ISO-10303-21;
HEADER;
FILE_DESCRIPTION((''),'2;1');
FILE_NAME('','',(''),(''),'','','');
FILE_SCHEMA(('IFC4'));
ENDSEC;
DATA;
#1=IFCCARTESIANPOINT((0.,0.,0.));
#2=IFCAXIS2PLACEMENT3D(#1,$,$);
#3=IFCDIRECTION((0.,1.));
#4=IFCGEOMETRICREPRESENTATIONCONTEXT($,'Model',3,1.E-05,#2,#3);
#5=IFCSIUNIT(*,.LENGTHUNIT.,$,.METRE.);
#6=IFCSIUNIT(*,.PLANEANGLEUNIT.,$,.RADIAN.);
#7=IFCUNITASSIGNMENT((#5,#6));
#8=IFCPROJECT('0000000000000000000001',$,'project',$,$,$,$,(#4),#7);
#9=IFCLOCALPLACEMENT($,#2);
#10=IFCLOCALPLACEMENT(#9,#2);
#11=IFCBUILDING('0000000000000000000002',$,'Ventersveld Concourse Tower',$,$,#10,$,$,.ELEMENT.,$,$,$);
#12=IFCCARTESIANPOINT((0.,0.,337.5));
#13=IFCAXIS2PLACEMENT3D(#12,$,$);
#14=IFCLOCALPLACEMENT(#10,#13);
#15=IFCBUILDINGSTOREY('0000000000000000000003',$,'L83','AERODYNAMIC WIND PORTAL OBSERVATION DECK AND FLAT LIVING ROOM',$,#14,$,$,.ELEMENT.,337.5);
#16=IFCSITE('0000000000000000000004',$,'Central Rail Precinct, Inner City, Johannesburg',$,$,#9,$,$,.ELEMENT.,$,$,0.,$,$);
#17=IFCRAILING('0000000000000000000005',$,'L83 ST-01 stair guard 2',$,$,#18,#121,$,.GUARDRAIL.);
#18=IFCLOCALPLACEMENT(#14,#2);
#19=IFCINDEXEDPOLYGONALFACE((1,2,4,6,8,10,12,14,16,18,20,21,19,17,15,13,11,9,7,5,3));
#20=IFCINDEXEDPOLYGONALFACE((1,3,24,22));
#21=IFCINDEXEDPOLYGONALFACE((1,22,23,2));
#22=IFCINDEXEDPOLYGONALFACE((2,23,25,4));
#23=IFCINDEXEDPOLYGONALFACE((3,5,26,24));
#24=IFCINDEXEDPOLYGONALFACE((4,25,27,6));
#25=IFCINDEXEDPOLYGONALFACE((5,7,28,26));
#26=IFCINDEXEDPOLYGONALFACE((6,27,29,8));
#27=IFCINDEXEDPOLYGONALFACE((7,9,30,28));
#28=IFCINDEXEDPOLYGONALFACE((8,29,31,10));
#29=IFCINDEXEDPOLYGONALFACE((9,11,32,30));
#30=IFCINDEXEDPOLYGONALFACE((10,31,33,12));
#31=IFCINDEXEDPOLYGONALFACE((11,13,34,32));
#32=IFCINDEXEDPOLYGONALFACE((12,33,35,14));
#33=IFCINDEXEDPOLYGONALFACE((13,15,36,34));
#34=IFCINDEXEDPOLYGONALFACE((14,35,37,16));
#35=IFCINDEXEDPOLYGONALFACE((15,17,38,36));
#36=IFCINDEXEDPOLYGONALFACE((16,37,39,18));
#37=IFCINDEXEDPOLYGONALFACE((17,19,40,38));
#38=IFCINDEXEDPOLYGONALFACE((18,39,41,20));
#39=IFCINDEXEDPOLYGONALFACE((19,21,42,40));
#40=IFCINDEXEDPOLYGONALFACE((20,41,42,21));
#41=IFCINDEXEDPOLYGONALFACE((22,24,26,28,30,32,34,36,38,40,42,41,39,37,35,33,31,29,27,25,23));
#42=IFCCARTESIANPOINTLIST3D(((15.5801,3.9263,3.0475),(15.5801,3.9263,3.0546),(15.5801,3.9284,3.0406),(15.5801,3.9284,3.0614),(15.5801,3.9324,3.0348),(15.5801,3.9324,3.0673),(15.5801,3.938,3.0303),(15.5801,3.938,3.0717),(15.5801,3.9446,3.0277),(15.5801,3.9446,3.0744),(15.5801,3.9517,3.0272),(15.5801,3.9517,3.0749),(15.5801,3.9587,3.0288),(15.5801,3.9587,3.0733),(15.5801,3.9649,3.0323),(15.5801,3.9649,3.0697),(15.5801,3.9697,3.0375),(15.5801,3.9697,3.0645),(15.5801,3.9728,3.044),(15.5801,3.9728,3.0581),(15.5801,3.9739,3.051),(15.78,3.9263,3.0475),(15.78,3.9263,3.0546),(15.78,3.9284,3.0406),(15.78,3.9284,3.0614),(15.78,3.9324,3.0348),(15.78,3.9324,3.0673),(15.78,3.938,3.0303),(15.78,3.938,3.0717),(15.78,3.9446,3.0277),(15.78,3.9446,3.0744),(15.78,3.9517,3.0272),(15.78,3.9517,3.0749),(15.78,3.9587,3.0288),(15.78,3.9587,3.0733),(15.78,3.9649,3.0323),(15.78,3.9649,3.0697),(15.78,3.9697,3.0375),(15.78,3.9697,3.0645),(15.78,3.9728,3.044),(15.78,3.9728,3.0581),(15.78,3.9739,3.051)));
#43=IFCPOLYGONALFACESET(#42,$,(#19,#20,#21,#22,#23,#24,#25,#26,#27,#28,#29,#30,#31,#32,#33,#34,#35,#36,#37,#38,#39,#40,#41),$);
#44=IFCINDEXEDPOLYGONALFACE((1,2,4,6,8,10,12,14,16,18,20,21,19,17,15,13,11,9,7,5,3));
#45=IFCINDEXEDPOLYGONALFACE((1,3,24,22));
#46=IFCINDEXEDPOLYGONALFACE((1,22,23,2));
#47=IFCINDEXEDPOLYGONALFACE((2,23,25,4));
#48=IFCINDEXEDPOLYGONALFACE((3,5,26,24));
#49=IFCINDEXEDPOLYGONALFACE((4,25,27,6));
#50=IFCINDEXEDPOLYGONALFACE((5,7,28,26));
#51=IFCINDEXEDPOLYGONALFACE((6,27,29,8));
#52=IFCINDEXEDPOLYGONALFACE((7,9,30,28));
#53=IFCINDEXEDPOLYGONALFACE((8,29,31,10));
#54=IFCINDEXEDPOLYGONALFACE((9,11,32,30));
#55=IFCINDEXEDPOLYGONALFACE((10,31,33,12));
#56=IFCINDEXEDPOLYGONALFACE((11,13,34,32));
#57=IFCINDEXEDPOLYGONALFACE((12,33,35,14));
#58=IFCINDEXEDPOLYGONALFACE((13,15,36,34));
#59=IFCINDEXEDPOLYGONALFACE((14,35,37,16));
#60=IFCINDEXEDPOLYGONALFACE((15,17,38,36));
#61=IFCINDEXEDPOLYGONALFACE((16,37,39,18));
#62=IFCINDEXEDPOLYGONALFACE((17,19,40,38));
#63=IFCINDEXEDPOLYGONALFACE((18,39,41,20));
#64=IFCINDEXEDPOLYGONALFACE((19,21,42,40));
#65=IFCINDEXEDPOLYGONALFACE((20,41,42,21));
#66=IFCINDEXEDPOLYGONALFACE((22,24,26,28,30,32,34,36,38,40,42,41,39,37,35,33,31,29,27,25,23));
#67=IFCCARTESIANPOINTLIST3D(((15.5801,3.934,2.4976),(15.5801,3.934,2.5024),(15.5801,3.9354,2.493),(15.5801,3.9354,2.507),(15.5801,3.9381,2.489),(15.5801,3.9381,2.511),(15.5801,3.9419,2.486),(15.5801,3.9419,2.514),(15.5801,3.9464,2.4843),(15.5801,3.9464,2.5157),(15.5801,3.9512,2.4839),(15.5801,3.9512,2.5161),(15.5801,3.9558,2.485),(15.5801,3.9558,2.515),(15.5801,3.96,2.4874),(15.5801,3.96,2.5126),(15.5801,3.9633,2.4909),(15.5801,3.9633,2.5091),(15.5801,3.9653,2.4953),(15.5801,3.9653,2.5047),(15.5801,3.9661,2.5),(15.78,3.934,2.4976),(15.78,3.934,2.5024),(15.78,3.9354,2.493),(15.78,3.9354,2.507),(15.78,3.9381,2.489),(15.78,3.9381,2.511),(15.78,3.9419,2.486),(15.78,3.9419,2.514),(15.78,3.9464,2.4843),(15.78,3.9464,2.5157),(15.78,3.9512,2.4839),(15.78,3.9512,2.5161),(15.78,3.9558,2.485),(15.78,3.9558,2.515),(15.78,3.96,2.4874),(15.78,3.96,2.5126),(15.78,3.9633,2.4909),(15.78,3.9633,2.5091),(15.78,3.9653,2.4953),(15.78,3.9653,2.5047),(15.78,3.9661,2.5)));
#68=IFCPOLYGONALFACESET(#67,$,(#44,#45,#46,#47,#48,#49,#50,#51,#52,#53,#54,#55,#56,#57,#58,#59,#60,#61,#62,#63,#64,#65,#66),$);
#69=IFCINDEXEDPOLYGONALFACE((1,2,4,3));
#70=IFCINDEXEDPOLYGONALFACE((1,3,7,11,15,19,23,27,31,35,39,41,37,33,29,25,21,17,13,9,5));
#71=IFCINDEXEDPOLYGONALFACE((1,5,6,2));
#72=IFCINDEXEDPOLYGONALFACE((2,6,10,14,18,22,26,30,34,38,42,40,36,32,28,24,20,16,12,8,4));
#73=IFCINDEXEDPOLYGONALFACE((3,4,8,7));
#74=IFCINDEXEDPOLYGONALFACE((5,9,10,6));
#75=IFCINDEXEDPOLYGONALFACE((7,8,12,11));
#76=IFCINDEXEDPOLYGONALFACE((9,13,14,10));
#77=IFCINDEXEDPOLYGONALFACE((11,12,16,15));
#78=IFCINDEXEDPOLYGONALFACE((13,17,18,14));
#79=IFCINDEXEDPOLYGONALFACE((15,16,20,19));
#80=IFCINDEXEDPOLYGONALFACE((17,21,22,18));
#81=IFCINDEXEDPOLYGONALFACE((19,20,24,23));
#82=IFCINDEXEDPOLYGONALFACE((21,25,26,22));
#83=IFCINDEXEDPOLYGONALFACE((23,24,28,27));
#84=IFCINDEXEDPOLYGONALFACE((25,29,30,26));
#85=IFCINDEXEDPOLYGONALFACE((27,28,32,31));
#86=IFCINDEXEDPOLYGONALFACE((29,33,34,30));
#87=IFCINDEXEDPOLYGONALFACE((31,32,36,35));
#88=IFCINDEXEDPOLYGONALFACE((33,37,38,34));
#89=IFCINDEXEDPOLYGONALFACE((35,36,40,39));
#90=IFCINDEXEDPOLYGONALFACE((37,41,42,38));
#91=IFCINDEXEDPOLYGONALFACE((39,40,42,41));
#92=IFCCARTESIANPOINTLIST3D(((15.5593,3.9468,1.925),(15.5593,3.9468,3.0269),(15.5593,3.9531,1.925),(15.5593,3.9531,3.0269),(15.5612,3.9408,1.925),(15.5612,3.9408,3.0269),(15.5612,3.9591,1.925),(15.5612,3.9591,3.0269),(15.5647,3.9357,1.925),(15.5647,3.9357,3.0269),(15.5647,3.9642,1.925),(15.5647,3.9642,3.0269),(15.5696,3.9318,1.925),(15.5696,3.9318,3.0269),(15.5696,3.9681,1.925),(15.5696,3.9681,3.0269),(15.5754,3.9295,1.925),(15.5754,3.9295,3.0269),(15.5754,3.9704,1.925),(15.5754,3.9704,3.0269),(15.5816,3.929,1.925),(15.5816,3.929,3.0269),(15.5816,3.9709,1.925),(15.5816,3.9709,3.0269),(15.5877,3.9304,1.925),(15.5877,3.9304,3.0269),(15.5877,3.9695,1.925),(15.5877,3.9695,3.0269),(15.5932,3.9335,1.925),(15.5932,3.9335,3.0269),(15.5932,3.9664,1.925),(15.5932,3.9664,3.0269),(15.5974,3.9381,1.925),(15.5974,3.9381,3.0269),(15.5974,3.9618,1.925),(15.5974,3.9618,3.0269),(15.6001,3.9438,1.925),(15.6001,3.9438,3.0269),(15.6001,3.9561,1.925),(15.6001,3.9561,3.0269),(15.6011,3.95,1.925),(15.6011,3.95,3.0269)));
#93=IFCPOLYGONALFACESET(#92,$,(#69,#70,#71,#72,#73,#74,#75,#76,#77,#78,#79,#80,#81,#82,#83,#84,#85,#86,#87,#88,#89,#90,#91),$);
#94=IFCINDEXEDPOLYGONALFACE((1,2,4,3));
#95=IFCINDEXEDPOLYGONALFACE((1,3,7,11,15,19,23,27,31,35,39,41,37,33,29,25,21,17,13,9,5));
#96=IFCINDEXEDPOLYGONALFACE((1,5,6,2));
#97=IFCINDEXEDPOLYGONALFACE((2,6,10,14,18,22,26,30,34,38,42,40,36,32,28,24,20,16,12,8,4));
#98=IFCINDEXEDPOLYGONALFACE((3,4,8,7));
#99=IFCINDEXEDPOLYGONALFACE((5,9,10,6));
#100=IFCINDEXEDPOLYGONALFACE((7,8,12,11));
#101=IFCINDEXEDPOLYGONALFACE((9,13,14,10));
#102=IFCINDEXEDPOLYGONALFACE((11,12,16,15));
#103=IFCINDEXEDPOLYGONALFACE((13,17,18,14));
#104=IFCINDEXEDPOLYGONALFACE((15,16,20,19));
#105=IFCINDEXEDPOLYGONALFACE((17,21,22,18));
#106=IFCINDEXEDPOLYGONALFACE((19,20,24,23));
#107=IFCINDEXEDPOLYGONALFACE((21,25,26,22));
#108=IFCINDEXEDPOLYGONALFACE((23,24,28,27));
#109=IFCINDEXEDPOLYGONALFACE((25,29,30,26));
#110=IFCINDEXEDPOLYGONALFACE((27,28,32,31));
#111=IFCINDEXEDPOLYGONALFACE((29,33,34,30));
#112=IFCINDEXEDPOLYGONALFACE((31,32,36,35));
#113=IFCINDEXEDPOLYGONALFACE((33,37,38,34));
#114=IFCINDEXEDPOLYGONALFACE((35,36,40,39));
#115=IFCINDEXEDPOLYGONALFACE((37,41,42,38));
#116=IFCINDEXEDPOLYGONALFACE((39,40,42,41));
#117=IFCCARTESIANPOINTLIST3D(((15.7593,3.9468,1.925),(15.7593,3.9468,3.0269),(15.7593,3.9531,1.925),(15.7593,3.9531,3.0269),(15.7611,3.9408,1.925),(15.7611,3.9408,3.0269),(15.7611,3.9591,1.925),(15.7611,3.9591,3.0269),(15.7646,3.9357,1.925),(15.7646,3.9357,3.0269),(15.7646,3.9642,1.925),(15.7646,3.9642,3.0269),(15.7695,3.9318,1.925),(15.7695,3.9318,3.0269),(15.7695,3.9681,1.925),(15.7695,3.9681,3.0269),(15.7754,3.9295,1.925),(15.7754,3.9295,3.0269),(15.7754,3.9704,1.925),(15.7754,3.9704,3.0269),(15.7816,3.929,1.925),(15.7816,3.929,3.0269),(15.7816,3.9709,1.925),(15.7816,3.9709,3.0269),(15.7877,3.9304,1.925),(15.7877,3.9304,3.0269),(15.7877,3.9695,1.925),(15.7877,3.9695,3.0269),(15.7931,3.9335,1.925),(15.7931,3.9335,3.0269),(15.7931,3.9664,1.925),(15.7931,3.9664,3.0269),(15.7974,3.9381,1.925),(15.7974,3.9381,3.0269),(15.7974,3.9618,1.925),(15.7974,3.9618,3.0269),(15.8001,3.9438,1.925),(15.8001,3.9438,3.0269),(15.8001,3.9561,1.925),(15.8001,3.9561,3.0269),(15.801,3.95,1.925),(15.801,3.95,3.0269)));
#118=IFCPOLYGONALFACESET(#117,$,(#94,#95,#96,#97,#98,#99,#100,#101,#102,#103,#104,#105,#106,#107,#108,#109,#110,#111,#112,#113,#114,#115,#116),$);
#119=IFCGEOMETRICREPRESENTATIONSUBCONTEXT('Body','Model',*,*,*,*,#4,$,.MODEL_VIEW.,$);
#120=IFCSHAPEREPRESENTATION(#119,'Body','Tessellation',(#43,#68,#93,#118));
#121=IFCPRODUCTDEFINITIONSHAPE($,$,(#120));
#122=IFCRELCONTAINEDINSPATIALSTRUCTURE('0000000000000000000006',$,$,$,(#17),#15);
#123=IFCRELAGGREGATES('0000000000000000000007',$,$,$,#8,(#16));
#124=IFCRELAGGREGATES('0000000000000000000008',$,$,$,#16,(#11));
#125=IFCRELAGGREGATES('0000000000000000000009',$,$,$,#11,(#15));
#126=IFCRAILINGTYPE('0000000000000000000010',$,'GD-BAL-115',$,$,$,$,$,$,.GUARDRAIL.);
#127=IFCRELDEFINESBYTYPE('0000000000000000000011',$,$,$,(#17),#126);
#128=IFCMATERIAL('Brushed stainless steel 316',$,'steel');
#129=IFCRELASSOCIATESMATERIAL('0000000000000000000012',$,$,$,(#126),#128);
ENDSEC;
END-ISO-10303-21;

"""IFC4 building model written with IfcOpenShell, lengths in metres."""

from ifc_helpers import new_model, si_unit, direction, frame, origin, origin_2d, place, context, subcontext, project, spatial, circle, extrude, material, type_object, element, save


model = new_model("IFC4")

# Units and contexts
model_context = context("Model", 3, precision=1e-05, world=origin(), true_north=direction((0.0, 1.0)))
body_context = subcontext(model_context, "Body", "Model", "MODEL_VIEW")
ifc_project = project(units=[si_unit("LENGTHUNIT", "METRE"), si_unit("PLANEANGLEUNIT", "RADIAN")], contexts=[model_context])

# Site, building, storey
site_placement = place(None, origin())
site = spatial("IfcSite", under=ifc_project, at=site_placement, Name="Central Rail Precinct, Inner City, Johannesburg", CompositionType="ELEMENT", RefElevation=0.0)
building_placement = place(site_placement, origin())
building = spatial("IfcBuilding", under=site, at=building_placement, Name="Ventersveld Concourse Tower", CompositionType="ELEMENT")
storey_placement = place(building_placement, frame((0.0, 0.0, 337.5)))
storey = spatial("IfcBuildingStorey", under=building, at=storey_placement, Name="L83", Description="AERODYNAMIC WIND PORTAL OBSERVATION DECK AND FLAT LIVING ROOM", CompositionType="ELEMENT", Elevation=337.5)

# Railing
ifc_material_1 = material(Name="Brushed stainless steel 316", Category="steel")
railing_type_1 = type_object("IfcRailingType", Name="GD-BAL-115", PredefinedType="GUARDRAIL", material=ifc_material_1)
railing_1_placement = place(storey_placement, frame((15.5801, 3.95, 1.925)))
element("IfcRailing", 1, at=railing_1_placement, inside=storey, type_object=railing_type_1, Name="L83 ST-01 stair guard 2", PredefinedType="GUARDRAIL", context=body_context, shape_type="SweptSolid", body=[
    extrude(circle(Radius=0.0239, at=origin_2d()), frame((0.0, 0.0, 1.126), z_axis=(1.0, 0.0, 0.0), x_axis=(0.0, 1.0, 0.0)), (0.0, 0.0, 1.0), 0.2),
    extrude(circle(Radius=0.0161, at=origin_2d()), frame((0.0, 0.0, 0.575), z_axis=(1.0, 0.0, 0.0), x_axis=(0.0, 1.0, 0.0)), (0.0, 0.0, 1.0), 0.2),
    extrude(circle(Radius=0.021, at=origin_2d()), origin(), (0.0, 0.0, 1.0), 1.1018),
    extrude(circle(Radius=0.021, at=origin_2d()), frame((0.2, 0.0, 0.0)), (0.0, 0.0, 1.0), 1.1018),
])

save(model, "model.ifc")
